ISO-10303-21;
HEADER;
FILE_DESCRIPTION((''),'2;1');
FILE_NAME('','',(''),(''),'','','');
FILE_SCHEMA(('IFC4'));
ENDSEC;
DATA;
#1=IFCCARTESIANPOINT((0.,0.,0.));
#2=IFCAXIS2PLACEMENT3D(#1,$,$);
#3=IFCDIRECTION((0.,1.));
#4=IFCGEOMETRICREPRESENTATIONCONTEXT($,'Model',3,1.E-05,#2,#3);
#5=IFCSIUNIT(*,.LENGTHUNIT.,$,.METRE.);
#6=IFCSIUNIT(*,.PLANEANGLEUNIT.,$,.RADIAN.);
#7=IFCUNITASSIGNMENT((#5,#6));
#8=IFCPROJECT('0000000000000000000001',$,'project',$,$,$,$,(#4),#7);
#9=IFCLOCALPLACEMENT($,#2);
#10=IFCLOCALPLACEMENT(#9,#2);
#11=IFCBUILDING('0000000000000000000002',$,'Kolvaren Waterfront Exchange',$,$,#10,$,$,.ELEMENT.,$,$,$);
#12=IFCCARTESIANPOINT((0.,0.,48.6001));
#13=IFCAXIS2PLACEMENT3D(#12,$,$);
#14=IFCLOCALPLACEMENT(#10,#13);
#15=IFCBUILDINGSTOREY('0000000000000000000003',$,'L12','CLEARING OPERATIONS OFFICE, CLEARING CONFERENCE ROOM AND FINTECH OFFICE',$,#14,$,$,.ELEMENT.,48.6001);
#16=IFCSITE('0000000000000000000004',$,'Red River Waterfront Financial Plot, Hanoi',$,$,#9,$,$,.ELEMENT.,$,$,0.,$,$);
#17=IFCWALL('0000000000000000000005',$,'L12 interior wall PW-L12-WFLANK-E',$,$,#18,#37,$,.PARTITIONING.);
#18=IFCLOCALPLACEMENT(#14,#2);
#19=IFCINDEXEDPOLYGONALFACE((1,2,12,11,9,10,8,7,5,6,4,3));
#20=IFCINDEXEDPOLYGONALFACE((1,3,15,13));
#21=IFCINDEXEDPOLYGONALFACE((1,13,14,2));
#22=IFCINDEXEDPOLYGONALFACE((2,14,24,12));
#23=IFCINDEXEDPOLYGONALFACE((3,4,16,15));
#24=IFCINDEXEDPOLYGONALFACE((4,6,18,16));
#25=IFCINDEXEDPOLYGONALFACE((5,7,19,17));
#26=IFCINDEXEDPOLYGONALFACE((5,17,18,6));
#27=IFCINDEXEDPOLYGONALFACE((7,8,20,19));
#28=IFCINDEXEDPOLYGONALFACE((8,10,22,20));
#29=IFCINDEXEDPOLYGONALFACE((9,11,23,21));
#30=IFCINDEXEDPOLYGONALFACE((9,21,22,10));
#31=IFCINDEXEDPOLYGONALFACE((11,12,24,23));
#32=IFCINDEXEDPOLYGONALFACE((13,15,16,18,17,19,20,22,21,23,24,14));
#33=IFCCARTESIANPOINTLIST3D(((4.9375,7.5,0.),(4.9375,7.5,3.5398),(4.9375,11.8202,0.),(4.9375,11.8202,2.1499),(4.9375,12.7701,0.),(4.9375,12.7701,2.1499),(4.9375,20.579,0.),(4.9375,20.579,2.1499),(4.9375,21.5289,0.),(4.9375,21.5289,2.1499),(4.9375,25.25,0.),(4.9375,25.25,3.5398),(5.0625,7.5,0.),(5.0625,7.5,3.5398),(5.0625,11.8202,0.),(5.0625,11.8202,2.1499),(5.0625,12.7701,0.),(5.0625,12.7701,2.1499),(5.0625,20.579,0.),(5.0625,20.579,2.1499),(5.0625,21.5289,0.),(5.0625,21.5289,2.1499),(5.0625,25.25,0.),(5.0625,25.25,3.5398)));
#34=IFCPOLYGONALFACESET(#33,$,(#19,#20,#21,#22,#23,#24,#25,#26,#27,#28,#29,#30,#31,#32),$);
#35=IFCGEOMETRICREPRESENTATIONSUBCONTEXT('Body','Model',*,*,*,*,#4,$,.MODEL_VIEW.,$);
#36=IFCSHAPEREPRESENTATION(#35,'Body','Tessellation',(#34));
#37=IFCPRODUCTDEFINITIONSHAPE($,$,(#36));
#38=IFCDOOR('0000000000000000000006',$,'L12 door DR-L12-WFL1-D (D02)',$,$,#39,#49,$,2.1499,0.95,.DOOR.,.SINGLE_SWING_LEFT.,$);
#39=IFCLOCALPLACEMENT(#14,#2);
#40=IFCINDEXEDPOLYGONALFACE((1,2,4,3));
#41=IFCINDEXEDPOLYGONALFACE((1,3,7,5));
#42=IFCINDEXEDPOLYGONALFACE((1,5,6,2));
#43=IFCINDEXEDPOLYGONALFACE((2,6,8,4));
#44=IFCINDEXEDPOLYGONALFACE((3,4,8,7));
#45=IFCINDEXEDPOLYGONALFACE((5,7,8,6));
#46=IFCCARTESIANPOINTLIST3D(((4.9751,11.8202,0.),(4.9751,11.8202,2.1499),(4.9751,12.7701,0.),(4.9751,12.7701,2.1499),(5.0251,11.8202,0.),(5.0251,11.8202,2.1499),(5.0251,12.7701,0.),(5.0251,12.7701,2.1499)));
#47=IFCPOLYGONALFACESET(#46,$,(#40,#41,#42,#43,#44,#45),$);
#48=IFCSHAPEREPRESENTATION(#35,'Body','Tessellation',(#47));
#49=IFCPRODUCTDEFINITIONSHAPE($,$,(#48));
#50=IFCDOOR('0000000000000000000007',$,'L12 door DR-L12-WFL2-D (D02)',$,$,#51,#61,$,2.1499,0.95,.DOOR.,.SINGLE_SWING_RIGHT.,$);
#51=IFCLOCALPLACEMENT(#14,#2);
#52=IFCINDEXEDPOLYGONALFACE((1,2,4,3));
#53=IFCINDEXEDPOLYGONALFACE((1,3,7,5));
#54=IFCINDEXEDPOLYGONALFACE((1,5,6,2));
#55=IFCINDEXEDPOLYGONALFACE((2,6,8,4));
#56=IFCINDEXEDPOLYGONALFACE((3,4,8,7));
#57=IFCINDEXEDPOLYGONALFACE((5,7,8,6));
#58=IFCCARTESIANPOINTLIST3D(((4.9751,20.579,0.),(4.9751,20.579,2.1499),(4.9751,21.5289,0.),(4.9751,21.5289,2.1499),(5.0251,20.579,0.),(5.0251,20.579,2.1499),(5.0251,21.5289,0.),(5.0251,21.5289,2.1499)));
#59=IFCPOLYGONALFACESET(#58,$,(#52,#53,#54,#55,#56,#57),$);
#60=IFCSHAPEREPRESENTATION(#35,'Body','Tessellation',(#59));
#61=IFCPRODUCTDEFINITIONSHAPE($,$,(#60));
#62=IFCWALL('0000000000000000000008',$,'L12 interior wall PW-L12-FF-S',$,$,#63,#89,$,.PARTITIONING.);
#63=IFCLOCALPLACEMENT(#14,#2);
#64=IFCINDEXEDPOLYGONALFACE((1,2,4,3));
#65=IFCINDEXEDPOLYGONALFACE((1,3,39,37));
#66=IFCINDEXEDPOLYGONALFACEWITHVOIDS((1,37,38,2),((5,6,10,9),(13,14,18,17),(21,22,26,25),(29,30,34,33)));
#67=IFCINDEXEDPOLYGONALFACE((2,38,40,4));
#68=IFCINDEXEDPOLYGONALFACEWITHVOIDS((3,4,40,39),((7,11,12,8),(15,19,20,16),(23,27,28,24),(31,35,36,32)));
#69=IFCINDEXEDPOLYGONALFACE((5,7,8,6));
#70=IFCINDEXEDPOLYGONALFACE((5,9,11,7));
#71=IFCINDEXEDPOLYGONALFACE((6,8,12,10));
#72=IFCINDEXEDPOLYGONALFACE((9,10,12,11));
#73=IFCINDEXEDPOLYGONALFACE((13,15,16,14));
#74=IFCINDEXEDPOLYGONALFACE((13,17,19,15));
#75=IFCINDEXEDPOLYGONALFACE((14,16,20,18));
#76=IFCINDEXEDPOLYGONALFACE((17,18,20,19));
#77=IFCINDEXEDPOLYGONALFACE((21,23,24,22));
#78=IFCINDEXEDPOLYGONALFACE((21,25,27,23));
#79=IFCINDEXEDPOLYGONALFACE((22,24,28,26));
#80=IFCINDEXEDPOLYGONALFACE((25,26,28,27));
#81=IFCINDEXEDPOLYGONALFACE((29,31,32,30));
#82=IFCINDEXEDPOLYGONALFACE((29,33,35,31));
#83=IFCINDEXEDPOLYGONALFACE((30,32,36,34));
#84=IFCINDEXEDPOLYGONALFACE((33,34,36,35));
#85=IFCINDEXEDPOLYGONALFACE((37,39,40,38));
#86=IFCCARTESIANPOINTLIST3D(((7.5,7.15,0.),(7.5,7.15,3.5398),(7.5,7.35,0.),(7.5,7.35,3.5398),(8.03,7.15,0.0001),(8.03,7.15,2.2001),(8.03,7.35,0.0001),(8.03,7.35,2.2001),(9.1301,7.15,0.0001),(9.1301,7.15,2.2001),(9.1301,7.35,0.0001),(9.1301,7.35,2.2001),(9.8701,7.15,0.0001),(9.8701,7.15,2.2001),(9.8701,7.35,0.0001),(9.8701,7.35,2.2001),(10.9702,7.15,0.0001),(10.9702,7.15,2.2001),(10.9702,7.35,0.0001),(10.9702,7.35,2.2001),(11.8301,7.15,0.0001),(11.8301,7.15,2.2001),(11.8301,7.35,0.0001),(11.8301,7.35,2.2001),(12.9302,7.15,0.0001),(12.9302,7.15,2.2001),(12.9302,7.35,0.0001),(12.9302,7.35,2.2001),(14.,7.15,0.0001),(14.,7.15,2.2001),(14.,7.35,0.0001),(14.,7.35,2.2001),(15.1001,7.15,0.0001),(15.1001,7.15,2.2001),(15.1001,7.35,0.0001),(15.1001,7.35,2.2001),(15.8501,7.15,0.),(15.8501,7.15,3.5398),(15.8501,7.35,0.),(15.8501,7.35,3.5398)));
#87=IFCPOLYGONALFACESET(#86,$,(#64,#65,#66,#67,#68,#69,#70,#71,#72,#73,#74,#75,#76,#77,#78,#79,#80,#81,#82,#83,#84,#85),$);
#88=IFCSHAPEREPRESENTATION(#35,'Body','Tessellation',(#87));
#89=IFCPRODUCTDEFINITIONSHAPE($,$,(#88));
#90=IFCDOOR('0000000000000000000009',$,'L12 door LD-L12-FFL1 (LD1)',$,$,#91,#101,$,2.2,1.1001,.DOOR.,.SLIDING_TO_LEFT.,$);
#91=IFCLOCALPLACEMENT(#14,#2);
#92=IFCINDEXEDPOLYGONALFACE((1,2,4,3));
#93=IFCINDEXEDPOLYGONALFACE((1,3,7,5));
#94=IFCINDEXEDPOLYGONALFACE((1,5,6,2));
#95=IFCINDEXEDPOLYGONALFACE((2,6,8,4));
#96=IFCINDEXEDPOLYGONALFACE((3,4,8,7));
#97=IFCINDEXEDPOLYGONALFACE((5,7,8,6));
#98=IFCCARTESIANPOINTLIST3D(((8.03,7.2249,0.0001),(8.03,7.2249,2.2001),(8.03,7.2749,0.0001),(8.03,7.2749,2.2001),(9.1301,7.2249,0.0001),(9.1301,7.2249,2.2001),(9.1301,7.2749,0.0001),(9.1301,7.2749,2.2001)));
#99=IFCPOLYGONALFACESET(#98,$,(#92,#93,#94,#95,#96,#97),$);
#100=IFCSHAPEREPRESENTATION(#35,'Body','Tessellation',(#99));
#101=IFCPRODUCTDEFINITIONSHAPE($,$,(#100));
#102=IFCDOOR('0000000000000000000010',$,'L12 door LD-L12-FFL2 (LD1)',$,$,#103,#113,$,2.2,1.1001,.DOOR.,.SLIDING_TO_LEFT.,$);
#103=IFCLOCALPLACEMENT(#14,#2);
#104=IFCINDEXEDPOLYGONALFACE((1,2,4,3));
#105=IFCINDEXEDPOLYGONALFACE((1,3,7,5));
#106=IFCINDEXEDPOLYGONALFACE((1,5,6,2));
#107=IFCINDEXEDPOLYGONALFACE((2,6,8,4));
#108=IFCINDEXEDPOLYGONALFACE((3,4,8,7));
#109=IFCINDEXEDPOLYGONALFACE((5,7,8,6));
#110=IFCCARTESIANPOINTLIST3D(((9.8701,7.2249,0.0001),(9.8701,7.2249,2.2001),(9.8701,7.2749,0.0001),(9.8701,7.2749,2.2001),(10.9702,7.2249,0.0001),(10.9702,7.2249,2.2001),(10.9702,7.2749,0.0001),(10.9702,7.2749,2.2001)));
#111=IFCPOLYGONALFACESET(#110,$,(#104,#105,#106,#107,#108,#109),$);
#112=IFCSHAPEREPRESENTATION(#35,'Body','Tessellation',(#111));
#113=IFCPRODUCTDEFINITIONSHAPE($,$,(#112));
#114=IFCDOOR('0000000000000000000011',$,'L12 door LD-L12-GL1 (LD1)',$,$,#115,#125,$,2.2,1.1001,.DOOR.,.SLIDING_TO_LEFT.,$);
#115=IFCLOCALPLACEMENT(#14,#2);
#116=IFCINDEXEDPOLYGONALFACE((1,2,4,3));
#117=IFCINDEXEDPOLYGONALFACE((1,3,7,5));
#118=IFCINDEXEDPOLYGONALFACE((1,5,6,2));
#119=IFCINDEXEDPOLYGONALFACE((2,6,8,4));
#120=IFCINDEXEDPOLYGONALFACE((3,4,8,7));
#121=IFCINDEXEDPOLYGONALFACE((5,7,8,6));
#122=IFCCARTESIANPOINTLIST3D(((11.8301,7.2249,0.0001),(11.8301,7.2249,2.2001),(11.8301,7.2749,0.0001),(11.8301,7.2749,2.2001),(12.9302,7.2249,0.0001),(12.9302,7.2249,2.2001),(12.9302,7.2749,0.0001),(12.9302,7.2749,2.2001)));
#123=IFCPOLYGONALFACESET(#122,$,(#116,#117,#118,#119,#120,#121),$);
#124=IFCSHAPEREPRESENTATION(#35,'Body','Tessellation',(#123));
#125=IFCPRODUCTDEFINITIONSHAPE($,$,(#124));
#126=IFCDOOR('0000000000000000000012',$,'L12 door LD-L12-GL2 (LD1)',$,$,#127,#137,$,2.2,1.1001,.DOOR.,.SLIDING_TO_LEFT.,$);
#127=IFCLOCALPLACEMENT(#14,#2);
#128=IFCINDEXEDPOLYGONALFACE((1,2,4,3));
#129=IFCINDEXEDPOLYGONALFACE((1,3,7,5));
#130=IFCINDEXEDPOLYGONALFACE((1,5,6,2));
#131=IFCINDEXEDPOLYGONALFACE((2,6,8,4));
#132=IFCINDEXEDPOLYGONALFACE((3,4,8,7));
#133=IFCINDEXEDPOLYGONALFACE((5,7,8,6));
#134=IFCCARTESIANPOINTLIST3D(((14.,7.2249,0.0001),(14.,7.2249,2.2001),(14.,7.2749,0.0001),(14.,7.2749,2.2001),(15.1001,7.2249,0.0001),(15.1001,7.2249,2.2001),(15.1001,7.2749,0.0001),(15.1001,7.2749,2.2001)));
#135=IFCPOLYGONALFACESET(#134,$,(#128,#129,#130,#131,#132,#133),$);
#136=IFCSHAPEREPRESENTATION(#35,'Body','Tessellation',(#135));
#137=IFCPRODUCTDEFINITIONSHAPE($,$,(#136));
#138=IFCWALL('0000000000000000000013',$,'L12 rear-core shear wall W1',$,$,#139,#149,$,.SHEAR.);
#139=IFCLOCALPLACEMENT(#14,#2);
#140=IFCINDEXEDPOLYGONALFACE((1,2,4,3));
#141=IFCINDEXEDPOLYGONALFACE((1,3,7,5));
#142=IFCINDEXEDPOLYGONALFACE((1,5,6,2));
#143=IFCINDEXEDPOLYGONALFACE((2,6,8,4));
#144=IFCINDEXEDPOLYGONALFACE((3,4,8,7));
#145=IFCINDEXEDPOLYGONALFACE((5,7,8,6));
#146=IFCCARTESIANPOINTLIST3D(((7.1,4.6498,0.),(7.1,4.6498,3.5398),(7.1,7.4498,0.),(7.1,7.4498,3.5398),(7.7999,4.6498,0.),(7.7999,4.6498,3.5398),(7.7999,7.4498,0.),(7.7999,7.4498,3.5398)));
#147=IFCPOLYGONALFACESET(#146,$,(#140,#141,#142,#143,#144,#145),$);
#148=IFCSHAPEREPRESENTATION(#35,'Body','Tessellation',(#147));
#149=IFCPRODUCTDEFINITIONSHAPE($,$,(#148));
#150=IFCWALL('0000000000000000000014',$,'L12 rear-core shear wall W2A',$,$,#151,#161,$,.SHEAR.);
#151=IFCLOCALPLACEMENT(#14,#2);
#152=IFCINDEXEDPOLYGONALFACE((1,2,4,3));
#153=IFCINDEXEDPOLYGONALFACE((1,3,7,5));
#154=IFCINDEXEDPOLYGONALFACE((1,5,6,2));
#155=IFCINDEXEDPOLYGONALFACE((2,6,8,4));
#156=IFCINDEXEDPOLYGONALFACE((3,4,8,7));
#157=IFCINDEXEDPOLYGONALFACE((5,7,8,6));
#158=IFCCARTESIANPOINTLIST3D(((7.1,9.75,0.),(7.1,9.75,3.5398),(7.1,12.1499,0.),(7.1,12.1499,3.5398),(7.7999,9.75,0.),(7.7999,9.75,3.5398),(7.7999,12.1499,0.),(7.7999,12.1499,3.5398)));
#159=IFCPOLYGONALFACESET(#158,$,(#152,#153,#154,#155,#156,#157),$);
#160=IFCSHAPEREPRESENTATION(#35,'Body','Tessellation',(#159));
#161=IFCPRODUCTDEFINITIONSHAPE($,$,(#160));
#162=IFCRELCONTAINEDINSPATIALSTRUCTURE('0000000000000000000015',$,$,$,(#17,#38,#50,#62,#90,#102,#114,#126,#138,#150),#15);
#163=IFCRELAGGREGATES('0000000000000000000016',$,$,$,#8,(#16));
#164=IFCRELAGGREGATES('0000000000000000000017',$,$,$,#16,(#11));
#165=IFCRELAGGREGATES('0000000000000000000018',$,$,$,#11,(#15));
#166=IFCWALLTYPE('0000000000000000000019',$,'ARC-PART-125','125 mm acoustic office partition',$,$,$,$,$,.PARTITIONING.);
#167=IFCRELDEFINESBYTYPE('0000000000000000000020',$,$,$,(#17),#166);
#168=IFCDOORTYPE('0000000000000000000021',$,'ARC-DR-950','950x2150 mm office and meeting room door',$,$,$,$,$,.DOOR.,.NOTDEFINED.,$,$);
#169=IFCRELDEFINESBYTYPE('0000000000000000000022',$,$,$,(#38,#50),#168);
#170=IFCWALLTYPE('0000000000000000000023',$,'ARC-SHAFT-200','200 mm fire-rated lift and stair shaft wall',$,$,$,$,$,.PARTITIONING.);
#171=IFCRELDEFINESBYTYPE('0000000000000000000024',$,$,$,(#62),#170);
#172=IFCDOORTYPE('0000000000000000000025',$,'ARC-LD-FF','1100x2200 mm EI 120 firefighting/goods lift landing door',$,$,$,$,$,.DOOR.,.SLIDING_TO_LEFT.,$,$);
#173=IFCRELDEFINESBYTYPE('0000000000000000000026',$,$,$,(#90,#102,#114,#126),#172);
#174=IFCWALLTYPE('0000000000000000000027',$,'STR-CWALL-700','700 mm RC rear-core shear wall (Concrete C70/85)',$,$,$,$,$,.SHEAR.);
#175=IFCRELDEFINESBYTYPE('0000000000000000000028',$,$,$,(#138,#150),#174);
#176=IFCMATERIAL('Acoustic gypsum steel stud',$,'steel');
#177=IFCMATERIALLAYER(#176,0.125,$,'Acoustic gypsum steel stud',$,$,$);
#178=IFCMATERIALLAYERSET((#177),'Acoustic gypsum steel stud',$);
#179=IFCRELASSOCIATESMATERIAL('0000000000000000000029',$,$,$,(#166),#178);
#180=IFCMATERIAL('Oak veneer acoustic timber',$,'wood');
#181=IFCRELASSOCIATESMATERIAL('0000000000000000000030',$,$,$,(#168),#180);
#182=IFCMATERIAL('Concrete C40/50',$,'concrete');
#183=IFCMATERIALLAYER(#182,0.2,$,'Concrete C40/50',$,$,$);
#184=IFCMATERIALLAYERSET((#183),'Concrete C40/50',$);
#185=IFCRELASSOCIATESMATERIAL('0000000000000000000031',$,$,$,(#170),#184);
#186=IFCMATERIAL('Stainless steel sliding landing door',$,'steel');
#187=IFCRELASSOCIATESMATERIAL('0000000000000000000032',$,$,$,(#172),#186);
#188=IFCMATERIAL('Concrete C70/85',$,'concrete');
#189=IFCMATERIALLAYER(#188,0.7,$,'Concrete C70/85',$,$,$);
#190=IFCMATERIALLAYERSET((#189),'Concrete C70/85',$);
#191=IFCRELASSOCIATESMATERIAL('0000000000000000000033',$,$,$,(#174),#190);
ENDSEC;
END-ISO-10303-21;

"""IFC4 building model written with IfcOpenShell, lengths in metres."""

from ifc_helpers import new_model, si_unit, direction, frame, frame_2d, origin, place, context, subcontext, project, spatial, rectangle, extrude, material, layer, layer_set, type_object, element, fill, save


model = new_model("IFC4")

# Units and contexts
model_context = context("Model", 3, precision=1e-05, world=origin(), true_north=direction((0.0, 1.0)))
body_context = subcontext(model_context, "Body", "Model", "MODEL_VIEW")
ifc_project = project(units=[si_unit("LENGTHUNIT", "METRE"), si_unit("PLANEANGLEUNIT", "RADIAN")], contexts=[model_context])

# Site, building, storey
site_placement = place(None, origin())
site = spatial("IfcSite", under=ifc_project, at=site_placement, Name="Red River Waterfront Financial Plot, Hanoi", CompositionType="ELEMENT", RefElevation=0.0)
building_placement = place(site_placement, origin())
building = spatial("IfcBuilding", under=site, at=building_placement, Name="Kolvaren Waterfront Exchange", CompositionType="ELEMENT")
storey_placement = place(building_placement, frame((0.0, 0.0, 48.6001)))
storey = spatial("IfcBuildingStorey", under=building, at=storey_placement, Name="L12", Description="CLEARING OPERATIONS OFFICE, CLEARING CONFERENCE ROOM AND FINTECH OFFICE", CompositionType="ELEMENT", Elevation=48.6001)

# Shared definitions
ifc_material_1 = material(Name="Concrete C70/85", Category="concrete")

# Shared definitions
ifc_material_2 = material(Name="Acoustic gypsum steel stud", Category="steel")
ifc_layer_1 = layer(ifc_material_2, 0.125, Name="Acoustic gypsum steel stud")
ifc_layer_set_1 = layer_set([ifc_layer_1], Name="Acoustic gypsum steel stud")
wall_type_1 = type_object("IfcWallType", Name="ARC-PART-125", Description="125 mm acoustic office partition", PredefinedType="PARTITIONING", material=ifc_layer_set_1)

# Walls, openings, doors
wall_1_placement = place(storey_placement, frame((5.0, 7.5, 0.0), z_axis=(0.0, 0.0, 1.0), x_axis=(0.0, 1.0, 0.0)))
wall_1 = element("IfcWall", 1, at=wall_1_placement, inside=storey, type_object=wall_type_1, Name="L12 interior wall PW-L12-WFLANK-E", PredefinedType="PARTITIONING", context=body_context, shape_type="SweptSolid", body=[
    extrude(rectangle(XDim=17.75, YDim=0.125, at=frame_2d((8.875, 0.0))), origin(), (0.0, 0.0, 1.0), 3.5398),
])
opening_1_placement = place(wall_1_placement, frame((4.3201, 0.0, 0.0)))
opening_1 = element("IfcOpeningElement", 2, at=opening_1_placement, cuts=wall_1, PredefinedType="OPENING", context=body_context, shape_type="SweptSolid", body=[
    extrude(rectangle(XDim=0.95, YDim=2.1499, at=frame_2d((0.4751, 1.075))), frame((0.0, 0.0725, 0.0), z_axis=(0.0, -1.0, 0.0), x_axis=(1.0, 0.0, 0.0)), (0.0, 0.0, 1.0), 0.145),
])
opening_2_placement = place(wall_1_placement, frame((13.0789, 0.0, 0.0)))
opening_2 = element("IfcOpeningElement", 3, at=opening_2_placement, cuts=wall_1, PredefinedType="OPENING", context=body_context, shape_type="SweptSolid", body=[
    extrude(rectangle(XDim=0.95, YDim=2.1499, at=frame_2d((0.4751, 1.075))), frame((0.0, 0.0725, 0.0), z_axis=(0.0, -1.0, 0.0), x_axis=(1.0, 0.0, 0.0)), (0.0, 0.0, 1.0), 0.145),
])
ifc_material_3 = material(Name="Oak veneer acoustic timber", Category="wood")
door_type_1 = type_object("IfcDoorType", Name="ARC-DR-950", Description="950x2150 mm office and meeting room door", OperationType="NOTDEFINED", PredefinedType="DOOR", material=ifc_material_3)
door_1_placement = place(opening_1_placement, origin())
door_1 = element("IfcDoor", 4, at=door_1_placement, inside=storey, type_object=door_type_1, Name="L12 door DR-L12-WFL1-D (D02)", OperationType="SINGLE_SWING_LEFT", OverallHeight=2.1499, OverallWidth=0.95, PredefinedType="DOOR", context=body_context, shape_type="SweptSolid", body=[
    extrude(rectangle(XDim=0.95, YDim=2.1499, at=frame_2d((0.4751, 1.075))), frame((0.0, 0.0249, 0.0), z_axis=(0.0, -1.0, 0.0), x_axis=(1.0, 0.0, 0.0)), (0.0, 0.0, 1.0), 0.05),
])
fill(opening_1, door_1)
door_2_placement = place(opening_2_placement, origin())
door_2 = element("IfcDoor", 5, at=door_2_placement, inside=storey, type_object=door_type_1, Name="L12 door DR-L12-WFL2-D (D02)", OperationType="SINGLE_SWING_RIGHT", OverallHeight=2.1499, OverallWidth=0.95, PredefinedType="DOOR", context=body_context, shape_type="SweptSolid", body=[
    extrude(rectangle(XDim=0.95, YDim=2.1499, at=frame_2d((0.4751, 1.075))), frame((0.0, 0.0249, 0.0), z_axis=(0.0, -1.0, 0.0), x_axis=(1.0, 0.0, 0.0)), (0.0, 0.0, 1.0), 0.05),
])
fill(opening_2, door_2)
ifc_material_4 = material(Name="Concrete C40/50", Category="concrete")
ifc_layer_2 = layer(ifc_material_4, 0.2, Name="Concrete C40/50")
ifc_layer_set_2 = layer_set([ifc_layer_2], Name="Concrete C40/50")
wall_type_2 = type_object("IfcWallType", Name="ARC-SHAFT-200", Description="200 mm fire-rated lift and stair shaft wall", PredefinedType="PARTITIONING", material=ifc_layer_set_2)
wall_2_placement = place(storey_placement, frame((7.5, 7.25, 0.0), z_axis=(0.0, 0.0, 1.0), x_axis=(1.0, 0.0, 0.0)))
wall_2 = element("IfcWall", 6, at=wall_2_placement, inside=storey, type_object=wall_type_2, Name="L12 interior wall PW-L12-FF-S", PredefinedType="PARTITIONING", context=body_context, shape_type="SweptSolid", body=[
    extrude(rectangle(XDim=8.3501, YDim=0.2, at=frame_2d((4.175, 0.0))), origin(), (0.0, 0.0, 1.0), 3.5398),
])
opening_3_placement = place(wall_2_placement, frame((0.53, 0.0, 0.0)))
opening_3 = element("IfcOpeningElement", 7, at=opening_3_placement, cuts=wall_2, PredefinedType="OPENING", context=body_context, shape_type="SweptSolid", body=[
    extrude(rectangle(XDim=1.1001, YDim=2.2, at=frame_2d((0.55, 1.1001))), frame((0.0, 0.1099, 0.0), z_axis=(0.0, -1.0, 0.0), x_axis=(1.0, 0.0, 0.0)), (0.0, 0.0, 1.0), 0.22),
])
opening_4_placement = place(wall_2_placement, frame((2.3701, 0.0, 0.0)))
opening_4 = element("IfcOpeningElement", 8, at=opening_4_placement, cuts=wall_2, PredefinedType="OPENING", context=body_context, shape_type="SweptSolid", body=[
    extrude(rectangle(XDim=1.1001, YDim=2.2, at=frame_2d((0.55, 1.1001))), frame((0.0, 0.1099, 0.0), z_axis=(0.0, -1.0, 0.0), x_axis=(1.0, 0.0, 0.0)), (0.0, 0.0, 1.0), 0.22),
])
opening_5_placement = place(wall_2_placement, frame((4.3301, 0.0, 0.0)))
opening_5 = element("IfcOpeningElement", 9, at=opening_5_placement, cuts=wall_2, PredefinedType="OPENING", context=body_context, shape_type="SweptSolid", body=[
    extrude(rectangle(XDim=1.1001, YDim=2.2, at=frame_2d((0.55, 1.1001))), frame((0.0, 0.1099, 0.0), z_axis=(0.0, -1.0, 0.0), x_axis=(1.0, 0.0, 0.0)), (0.0, 0.0, 1.0), 0.22),
])
opening_6_placement = place(wall_2_placement, frame((6.5, 0.0, 0.0)))
opening_6 = element("IfcOpeningElement", 10, at=opening_6_placement, cuts=wall_2, PredefinedType="OPENING", context=body_context, shape_type="SweptSolid", body=[
    extrude(rectangle(XDim=1.1001, YDim=2.2, at=frame_2d((0.55, 1.1001))), frame((0.0, 0.1099, 0.0), z_axis=(0.0, -1.0, 0.0), x_axis=(1.0, 0.0, 0.0)), (0.0, 0.0, 1.0), 0.22),
])
ifc_material_5 = material(Name="Stainless steel sliding landing door", Category="steel")
door_type_2 = type_object("IfcDoorType", Name="ARC-LD-FF", Description="1100x2200 mm EI 120 firefighting/goods lift landing door", OperationType="SLIDING_TO_LEFT", PredefinedType="DOOR", material=ifc_material_5)
door_3_placement = place(opening_3_placement, origin())
door_3 = element("IfcDoor", 11, at=door_3_placement, inside=storey, type_object=door_type_2, Name="L12 door LD-L12-FFL1 (LD1)", OperationType="SLIDING_TO_LEFT", OverallHeight=2.2, OverallWidth=1.1001, PredefinedType="DOOR", context=body_context, shape_type="SweptSolid", body=[
    extrude(rectangle(XDim=1.1001, YDim=2.2, at=frame_2d((0.55, 1.1001))), frame((0.0, 0.0249, 0.0), z_axis=(0.0, -1.0, 0.0), x_axis=(1.0, 0.0, 0.0)), (0.0, 0.0, 1.0), 0.05),
])
fill(opening_3, door_3)
door_4_placement = place(opening_4_placement, origin())
door_4 = element("IfcDoor", 12, at=door_4_placement, inside=storey, type_object=door_type_2, Name="L12 door LD-L12-FFL2 (LD1)", OperationType="SLIDING_TO_LEFT", OverallHeight=2.2, OverallWidth=1.1001, PredefinedType="DOOR", context=body_context, shape_type="SweptSolid", body=[
    extrude(rectangle(XDim=1.1001, YDim=2.2, at=frame_2d((0.55, 1.1001))), frame((0.0, 0.0249, 0.0), z_axis=(0.0, -1.0, 0.0), x_axis=(1.0, 0.0, 0.0)), (0.0, 0.0, 1.0), 0.05),
])
fill(opening_4, door_4)
door_5_placement = place(opening_5_placement, origin())
door_5 = element("IfcDoor", 13, at=door_5_placement, inside=storey, type_object=door_type_2, Name="L12 door LD-L12-GL1 (LD1)", OperationType="SLIDING_TO_LEFT", OverallHeight=2.2, OverallWidth=1.1001, PredefinedType="DOOR", context=body_context, shape_type="SweptSolid", body=[
    extrude(rectangle(XDim=1.1001, YDim=2.2, at=frame_2d((0.55, 1.1001))), frame((0.0, 0.0249, 0.0), z_axis=(0.0, -1.0, 0.0), x_axis=(1.0, 0.0, 0.0)), (0.0, 0.0, 1.0), 0.05),
])
fill(opening_5, door_5)
door_6_placement = place(opening_6_placement, origin())
door_6 = element("IfcDoor", 14, at=door_6_placement, inside=storey, type_object=door_type_2, Name="L12 door LD-L12-GL2 (LD1)", OperationType="SLIDING_TO_LEFT", OverallHeight=2.2, OverallWidth=1.1001, PredefinedType="DOOR", context=body_context, shape_type="SweptSolid", body=[
    extrude(rectangle(XDim=1.1001, YDim=2.2, at=frame_2d((0.55, 1.1001))), frame((0.0, 0.0249, 0.0), z_axis=(0.0, -1.0, 0.0), x_axis=(1.0, 0.0, 0.0)), (0.0, 0.0, 1.0), 0.05),
])
fill(opening_6, door_6)

# Walls
ifc_layer_3 = layer(ifc_material_1, 0.7, Name="Concrete C70/85")
ifc_layer_set_3 = layer_set([ifc_layer_3], Name="Concrete C70/85")
wall_type_3 = type_object("IfcWallType", Name="STR-CWALL-700", Description="700 mm RC rear-core shear wall (Concrete C70/85)", PredefinedType="SHEAR", material=ifc_layer_set_3)
wall_3_placement = place(storey_placement, frame((7.45, 4.6499, 0.0), z_axis=(0.0, 0.0, 1.0), x_axis=(0.0, 1.0, 0.0)))
element("IfcWall", 15, at=wall_3_placement, inside=storey, type_object=wall_type_3, Name="L12 rear-core shear wall W1", PredefinedType="SHEAR", context=body_context, shape_type="SweptSolid", body=[
    extrude(rectangle(XDim=2.8, YDim=0.7, at=frame_2d((1.3999, 0.0))), origin(), (0.0, 0.0, 1.0), 3.5398),
])
wall_4_placement = place(storey_placement, frame((7.45, 9.75, 0.0), z_axis=(0.0, 0.0, 1.0), x_axis=(0.0, 1.0, 0.0)))
element("IfcWall", 16, at=wall_4_placement, inside=storey, type_object=wall_type_3, Name="L12 rear-core shear wall W2A", PredefinedType="SHEAR", context=body_context, shape_type="SweptSolid", body=[
    extrude(rectangle(XDim=2.3999, YDim=0.7, at=frame_2d((1.2, 0.0))), origin(), (0.0, 0.0, 1.0), 3.5398),
])

save(model, "model.ifc")
